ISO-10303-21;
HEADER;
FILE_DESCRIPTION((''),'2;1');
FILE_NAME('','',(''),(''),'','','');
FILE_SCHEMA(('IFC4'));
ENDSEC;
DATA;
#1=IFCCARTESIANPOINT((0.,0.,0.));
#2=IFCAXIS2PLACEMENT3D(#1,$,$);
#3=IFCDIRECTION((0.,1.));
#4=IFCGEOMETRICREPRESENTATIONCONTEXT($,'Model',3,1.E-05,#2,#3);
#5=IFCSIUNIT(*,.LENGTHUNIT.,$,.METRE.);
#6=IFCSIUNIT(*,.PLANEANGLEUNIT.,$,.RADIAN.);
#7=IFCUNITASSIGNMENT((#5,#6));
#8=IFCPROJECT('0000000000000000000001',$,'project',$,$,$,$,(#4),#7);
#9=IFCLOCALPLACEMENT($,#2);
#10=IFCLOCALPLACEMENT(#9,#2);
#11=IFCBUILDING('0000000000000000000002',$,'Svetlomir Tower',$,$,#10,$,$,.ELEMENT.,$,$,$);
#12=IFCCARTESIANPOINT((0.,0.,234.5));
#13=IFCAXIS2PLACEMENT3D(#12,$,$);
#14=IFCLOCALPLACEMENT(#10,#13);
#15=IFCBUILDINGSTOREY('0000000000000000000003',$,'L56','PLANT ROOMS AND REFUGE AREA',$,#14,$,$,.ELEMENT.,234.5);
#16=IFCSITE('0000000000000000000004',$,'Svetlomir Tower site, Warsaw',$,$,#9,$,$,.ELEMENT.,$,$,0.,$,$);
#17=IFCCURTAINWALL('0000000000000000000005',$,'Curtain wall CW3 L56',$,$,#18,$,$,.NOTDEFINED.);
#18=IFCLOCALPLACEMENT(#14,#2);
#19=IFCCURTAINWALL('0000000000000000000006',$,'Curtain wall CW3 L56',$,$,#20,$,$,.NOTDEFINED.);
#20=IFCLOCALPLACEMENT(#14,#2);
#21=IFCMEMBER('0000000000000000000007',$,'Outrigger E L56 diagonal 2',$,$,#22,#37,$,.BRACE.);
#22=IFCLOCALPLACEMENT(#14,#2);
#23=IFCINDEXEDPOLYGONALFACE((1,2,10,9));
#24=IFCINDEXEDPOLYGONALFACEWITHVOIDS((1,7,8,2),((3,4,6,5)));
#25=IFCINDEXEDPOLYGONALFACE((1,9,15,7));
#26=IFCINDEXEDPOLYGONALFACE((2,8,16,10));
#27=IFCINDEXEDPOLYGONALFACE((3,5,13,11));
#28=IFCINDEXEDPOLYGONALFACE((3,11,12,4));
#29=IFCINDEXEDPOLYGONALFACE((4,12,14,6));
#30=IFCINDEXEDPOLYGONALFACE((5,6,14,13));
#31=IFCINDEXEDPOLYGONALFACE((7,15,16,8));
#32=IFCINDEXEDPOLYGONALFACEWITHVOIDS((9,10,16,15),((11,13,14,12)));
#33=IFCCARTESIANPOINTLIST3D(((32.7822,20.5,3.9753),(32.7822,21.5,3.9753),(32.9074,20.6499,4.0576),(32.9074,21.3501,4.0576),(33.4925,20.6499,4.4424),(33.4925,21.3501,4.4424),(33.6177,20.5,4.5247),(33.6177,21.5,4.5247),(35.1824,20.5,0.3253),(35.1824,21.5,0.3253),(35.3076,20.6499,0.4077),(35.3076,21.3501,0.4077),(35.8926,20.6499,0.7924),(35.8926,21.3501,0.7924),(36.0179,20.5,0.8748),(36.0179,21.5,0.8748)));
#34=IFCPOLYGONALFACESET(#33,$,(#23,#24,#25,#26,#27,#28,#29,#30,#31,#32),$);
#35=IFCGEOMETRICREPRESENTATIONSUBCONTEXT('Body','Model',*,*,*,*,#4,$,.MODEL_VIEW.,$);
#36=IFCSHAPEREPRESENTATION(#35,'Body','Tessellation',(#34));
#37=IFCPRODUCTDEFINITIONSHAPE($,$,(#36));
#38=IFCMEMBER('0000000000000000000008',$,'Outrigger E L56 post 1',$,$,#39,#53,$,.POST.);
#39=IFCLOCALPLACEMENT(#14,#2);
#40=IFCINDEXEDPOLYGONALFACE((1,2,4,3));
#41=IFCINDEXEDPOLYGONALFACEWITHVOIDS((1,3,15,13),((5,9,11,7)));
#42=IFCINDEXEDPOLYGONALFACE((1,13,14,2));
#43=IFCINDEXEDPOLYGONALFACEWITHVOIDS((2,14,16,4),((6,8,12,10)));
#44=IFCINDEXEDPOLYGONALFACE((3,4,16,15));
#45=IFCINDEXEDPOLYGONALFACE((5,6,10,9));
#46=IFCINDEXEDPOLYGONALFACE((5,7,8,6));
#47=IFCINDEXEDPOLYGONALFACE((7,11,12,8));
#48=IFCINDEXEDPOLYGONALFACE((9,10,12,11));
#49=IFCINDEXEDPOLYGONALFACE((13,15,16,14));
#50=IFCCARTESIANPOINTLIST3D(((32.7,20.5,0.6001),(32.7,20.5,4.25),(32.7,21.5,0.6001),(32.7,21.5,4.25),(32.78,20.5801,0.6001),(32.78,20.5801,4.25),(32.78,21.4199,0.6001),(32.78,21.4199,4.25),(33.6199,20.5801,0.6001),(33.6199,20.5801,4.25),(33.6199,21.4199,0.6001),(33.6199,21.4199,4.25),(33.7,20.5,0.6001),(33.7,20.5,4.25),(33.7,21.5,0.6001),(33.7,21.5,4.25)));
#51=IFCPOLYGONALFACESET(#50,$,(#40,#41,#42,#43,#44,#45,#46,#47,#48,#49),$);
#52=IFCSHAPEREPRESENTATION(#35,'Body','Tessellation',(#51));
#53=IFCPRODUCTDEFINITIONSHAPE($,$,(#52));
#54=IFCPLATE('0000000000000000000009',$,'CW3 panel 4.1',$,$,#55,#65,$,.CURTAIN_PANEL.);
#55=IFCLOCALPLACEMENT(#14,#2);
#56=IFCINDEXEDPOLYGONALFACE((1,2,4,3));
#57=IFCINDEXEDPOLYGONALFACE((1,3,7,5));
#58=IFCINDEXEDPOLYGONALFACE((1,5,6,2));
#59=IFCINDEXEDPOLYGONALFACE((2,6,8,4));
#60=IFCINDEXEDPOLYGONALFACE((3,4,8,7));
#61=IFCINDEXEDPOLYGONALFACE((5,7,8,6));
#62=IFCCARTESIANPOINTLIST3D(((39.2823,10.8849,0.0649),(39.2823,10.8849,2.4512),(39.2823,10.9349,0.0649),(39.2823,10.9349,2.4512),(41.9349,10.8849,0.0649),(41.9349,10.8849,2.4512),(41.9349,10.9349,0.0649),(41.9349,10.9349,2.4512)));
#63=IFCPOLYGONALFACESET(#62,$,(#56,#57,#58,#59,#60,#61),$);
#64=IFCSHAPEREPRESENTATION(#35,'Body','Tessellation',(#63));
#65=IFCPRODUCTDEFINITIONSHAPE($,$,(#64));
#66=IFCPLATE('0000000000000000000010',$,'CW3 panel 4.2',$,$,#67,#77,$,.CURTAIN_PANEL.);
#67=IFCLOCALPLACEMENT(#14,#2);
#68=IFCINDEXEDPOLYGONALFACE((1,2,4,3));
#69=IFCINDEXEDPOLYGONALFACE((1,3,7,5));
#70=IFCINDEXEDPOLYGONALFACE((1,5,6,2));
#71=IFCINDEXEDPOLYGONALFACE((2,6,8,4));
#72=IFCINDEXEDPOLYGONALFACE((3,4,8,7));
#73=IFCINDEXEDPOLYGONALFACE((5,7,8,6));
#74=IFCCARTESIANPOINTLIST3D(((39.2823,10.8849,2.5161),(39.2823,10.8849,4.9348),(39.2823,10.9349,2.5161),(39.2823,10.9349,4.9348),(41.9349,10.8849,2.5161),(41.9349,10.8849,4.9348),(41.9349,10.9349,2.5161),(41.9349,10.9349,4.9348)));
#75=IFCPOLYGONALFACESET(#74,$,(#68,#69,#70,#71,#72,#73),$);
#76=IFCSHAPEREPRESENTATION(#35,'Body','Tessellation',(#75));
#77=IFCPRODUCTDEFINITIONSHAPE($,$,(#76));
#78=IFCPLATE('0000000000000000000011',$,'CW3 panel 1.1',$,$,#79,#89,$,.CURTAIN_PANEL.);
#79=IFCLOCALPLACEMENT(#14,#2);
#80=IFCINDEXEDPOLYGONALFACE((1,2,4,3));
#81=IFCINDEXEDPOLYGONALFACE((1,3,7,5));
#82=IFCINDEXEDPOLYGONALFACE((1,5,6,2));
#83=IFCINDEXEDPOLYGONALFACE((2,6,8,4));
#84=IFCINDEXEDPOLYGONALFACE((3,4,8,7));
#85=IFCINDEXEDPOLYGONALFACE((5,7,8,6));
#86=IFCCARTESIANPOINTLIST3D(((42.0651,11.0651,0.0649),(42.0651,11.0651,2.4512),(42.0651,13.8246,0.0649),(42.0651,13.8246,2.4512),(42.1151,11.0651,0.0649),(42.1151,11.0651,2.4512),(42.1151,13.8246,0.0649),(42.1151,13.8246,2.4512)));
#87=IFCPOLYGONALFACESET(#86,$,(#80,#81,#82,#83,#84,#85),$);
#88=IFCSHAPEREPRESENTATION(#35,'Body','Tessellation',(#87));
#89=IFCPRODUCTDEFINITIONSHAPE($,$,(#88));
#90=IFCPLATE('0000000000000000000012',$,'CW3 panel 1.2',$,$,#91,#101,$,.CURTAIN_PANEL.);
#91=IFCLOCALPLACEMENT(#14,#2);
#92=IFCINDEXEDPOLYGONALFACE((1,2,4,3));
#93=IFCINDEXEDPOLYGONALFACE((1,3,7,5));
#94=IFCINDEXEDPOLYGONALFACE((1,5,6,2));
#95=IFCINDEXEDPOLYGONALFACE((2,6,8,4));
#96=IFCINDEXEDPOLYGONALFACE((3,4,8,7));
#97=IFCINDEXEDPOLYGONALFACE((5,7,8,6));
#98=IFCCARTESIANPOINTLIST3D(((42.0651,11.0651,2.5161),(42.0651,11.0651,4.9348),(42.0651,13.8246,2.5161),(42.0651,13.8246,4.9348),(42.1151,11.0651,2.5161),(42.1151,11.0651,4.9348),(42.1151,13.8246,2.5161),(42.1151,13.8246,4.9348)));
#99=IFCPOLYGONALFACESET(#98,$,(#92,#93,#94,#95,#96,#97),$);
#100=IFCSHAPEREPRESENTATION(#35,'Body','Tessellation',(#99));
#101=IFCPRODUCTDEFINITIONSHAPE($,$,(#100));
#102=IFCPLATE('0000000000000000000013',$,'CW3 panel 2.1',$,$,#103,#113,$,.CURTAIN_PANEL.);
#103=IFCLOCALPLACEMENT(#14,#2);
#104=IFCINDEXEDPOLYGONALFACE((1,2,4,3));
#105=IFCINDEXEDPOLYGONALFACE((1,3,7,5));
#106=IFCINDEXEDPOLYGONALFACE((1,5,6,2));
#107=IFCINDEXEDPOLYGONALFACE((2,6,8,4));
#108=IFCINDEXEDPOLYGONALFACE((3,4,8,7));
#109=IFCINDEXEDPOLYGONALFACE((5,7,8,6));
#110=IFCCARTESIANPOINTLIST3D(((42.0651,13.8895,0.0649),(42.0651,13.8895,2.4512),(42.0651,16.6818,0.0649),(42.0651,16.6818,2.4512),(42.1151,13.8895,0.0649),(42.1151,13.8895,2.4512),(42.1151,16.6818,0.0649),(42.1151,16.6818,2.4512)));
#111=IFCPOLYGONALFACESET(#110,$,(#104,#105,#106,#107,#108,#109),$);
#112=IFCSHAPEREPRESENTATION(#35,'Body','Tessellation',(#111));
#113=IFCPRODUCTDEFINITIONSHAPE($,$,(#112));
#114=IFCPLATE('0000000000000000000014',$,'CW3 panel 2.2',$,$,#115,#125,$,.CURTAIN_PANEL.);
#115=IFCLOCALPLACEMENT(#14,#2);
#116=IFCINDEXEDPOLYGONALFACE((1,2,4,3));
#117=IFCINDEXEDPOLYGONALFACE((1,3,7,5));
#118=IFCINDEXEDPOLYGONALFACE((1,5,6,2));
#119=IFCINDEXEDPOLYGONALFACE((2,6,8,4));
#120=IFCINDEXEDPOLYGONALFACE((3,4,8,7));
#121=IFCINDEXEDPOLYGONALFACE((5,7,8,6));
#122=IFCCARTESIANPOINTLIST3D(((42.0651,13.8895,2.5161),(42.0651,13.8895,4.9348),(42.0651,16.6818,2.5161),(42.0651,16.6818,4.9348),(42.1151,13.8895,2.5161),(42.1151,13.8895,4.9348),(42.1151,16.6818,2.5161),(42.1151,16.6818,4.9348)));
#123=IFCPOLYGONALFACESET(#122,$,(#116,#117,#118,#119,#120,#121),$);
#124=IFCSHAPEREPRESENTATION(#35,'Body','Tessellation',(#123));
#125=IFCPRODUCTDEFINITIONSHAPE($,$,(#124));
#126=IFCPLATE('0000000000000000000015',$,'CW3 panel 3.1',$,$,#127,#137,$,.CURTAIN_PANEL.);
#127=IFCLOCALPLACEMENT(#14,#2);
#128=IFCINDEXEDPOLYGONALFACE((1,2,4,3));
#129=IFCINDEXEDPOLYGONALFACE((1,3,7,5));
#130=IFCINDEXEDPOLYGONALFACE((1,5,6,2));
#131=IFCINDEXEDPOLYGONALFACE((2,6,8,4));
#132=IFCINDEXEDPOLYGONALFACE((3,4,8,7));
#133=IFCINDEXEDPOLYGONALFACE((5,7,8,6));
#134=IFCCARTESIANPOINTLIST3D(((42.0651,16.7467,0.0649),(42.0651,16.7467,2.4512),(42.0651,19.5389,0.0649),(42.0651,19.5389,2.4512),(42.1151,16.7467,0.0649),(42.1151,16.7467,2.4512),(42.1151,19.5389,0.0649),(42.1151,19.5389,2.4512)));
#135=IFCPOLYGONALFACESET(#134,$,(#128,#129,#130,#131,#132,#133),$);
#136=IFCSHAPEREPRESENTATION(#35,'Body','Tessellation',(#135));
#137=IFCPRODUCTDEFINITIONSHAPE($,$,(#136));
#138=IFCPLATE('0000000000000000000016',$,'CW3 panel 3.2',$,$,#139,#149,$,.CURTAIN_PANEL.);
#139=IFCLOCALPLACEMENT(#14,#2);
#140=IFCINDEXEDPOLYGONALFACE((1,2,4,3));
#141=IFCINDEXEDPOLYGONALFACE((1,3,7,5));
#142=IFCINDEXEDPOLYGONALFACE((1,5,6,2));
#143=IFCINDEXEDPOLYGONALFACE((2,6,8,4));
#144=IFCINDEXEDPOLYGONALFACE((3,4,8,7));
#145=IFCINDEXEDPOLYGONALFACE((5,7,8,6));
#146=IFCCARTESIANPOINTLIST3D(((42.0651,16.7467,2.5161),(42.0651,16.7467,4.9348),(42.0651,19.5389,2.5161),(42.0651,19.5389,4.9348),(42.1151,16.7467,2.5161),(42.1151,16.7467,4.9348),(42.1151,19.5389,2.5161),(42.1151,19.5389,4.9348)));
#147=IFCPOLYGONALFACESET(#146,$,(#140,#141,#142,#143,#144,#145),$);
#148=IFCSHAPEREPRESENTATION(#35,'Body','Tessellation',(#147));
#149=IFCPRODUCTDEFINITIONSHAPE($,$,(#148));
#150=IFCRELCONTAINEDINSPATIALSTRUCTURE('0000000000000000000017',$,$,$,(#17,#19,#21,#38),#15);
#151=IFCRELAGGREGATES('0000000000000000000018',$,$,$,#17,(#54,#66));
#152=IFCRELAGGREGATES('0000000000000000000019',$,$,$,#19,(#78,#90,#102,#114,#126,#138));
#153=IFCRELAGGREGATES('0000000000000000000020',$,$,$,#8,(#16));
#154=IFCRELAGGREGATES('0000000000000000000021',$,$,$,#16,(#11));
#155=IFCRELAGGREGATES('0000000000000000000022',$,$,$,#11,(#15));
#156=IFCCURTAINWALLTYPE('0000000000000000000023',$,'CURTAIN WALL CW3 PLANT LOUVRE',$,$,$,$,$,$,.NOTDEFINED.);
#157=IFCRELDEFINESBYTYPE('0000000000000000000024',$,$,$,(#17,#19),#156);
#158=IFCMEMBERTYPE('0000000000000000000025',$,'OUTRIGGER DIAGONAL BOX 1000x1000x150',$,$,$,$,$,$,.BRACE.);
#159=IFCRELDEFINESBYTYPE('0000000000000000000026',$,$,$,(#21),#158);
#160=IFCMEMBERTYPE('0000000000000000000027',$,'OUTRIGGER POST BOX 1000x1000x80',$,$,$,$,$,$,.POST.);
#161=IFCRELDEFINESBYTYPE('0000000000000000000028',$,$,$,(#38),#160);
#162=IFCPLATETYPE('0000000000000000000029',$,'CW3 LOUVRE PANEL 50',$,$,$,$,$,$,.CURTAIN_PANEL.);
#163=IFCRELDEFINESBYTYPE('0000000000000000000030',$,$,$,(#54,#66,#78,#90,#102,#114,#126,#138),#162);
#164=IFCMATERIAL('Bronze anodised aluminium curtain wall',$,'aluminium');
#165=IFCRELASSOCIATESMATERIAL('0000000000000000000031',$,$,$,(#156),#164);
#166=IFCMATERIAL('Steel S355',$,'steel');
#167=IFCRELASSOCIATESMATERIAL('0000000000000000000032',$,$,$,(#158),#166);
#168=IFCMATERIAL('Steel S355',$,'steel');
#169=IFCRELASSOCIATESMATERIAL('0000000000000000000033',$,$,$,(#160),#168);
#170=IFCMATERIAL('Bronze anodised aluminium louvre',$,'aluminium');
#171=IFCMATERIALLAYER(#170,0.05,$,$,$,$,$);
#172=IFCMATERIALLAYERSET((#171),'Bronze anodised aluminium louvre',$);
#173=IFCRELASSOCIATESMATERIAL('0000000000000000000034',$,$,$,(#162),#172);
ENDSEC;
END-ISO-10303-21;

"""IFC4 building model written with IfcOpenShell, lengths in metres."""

from ifc_helpers import new_model, si_unit, direction, frame, origin, origin_2d, place, context, subcontext, project, spatial, rectangle, hollow_rectangle, extrude, material, layer, layer_set, material_profile, profile_set, type_object, element, aggregate, save


model = new_model("IFC4")

# Units and contexts
model_context = context("Model", 3, precision=1e-05, world=origin(), true_north=direction((0.0, 1.0)))
body_context = subcontext(model_context, "Body", "Model", "MODEL_VIEW")
ifc_project = project(units=[si_unit("LENGTHUNIT", "METRE"), si_unit("PLANEANGLEUNIT", "RADIAN")], contexts=[model_context])

# Site, building, storey
site_placement = place(None, origin())
site = spatial("IfcSite", under=ifc_project, at=site_placement, Name="Svetlomir Tower site, Warsaw", CompositionType="ELEMENT", RefElevation=0.0)
building_placement = place(site_placement, origin())
building = spatial("IfcBuilding", under=site, at=building_placement, Name="Svetlomir Tower", CompositionType="ELEMENT")
storey_placement = place(building_placement, frame((0.0, 0.0, 234.5)))
storey = spatial("IfcBuildingStorey", under=building, at=storey_placement, Name="L56", Description="PLANT ROOMS AND REFUGE AREA", CompositionType="ELEMENT", Elevation=234.5)

# Curtain wall
ifc_material_1 = material(Name="Bronze anodised aluminium curtain wall", Category="aluminium")
curtain_wall_type = type_object("IfcCurtainWallType", Name="CURTAIN WALL CW3 PLANT LOUVRE", PredefinedType="NOTDEFINED", material=ifc_material_1)
curtain_wall_1_placement = place(storey_placement, origin())
curtain_wall_1 = element("IfcCurtainWall", 1, at=curtain_wall_1_placement, inside=storey, type_object=curtain_wall_type, Name="Curtain wall CW3 L56", PredefinedType="NOTDEFINED")

# Curtain wall
curtain_wall_2_placement = place(storey_placement, origin())
curtain_wall_2 = element("IfcCurtainWall", 2, at=curtain_wall_2_placement, inside=storey, type_object=curtain_wall_type, Name="Curtain wall CW3 L56", PredefinedType="NOTDEFINED")

# Members
ifc_material_2 = material(Name="Steel S355", Category="steel")
ifc_material_profile_1 = material_profile(ifc_material_2, hollow_rectangle(XDim=1.0, YDim=1.0, WallThickness=0.1499, at=origin_2d()), Name="BOX 1000x1000x150")
ifc_profile_set_1 = profile_set([ifc_material_profile_1], Name="Steel S355")
member_type_1 = type_object("IfcMemberType", Name="OUTRIGGER DIAGONAL BOX 1000x1000x150", PredefinedType="BRACE", material=ifc_profile_set_1)
member_1_placement = place(storey_placement, frame((33.2, 21.0, 4.25), z_axis=(0.54944, 0.0, -0.835533), x_axis=(0.0, 1.0, 0.0)))
element("IfcMember", 3, at=member_1_placement, inside=storey, type_object=member_type_1, Name="Outrigger E L56 diagonal 2", PredefinedType="BRACE", context=body_context, shape_type="SweptSolid", body=[
    extrude(hollow_rectangle(XDim=1.0, YDim=1.0, WallThickness=0.1499, at=origin_2d()), origin(), (0.0, 0.0, 1.0), 4.3684),
])
ifc_material_3 = material(Name="Steel S355", Category="steel")
ifc_material_profile_2 = material_profile(ifc_material_3, hollow_rectangle(XDim=1.0, YDim=1.0, WallThickness=0.0801, at=origin_2d()), Name="BOX 1000x1000x80")
ifc_profile_set_2 = profile_set([ifc_material_profile_2], Name="Steel S355")
member_type_2 = type_object("IfcMemberType", Name="OUTRIGGER POST BOX 1000x1000x80", PredefinedType="POST", material=ifc_profile_set_2)
member_2_placement = place(storey_placement, frame((33.2, 21.0, 0.6001), z_axis=(0.0, 0.0, 1.0), x_axis=(1.0, 0.0, 0.0)))
element("IfcMember", 4, at=member_2_placement, inside=storey, type_object=member_type_2, Name="Outrigger E L56 post 1", PredefinedType="POST", context=body_context, shape_type="SweptSolid", body=[
    extrude(hollow_rectangle(XDim=1.0, YDim=1.0, WallThickness=0.0801, at=origin_2d()), origin(), (0.0, 0.0, 1.0), 3.6499),
])

# Plates
ifc_material_4 = material(Name="Bronze anodised aluminium louvre", Category="aluminium")
ifc_layer = layer(ifc_material_4, 0.05)
ifc_layer_set = layer_set([ifc_layer], Name="Bronze anodised aluminium louvre")
plate_type = type_object("IfcPlateType", Name="CW3 LOUVRE PANEL 50", PredefinedType="CURTAIN_PANEL", material=ifc_layer_set)
plate_1_placement = place(storey_placement, frame((40.6086, 10.9099, 0.0649), z_axis=(0.0, 0.0, 1.0), x_axis=(1.0, 0.0, 0.0)))
plate_1 = element("IfcPlate", 5, at=plate_1_placement, type_object=plate_type, Name="CW3 panel 4.1", PredefinedType="CURTAIN_PANEL", context=body_context, shape_type="SweptSolid", body=[
    extrude(rectangle(XDim=2.6526, YDim=0.05, at=origin_2d()), origin(), (0.0, 0.0, 1.0), 2.3862),
])
plate_2_placement = place(storey_placement, frame((40.6086, 10.9099, 2.5161), z_axis=(0.0, 0.0, 1.0), x_axis=(1.0, 0.0, 0.0)))
plate_2 = element("IfcPlate", 6, at=plate_2_placement, type_object=plate_type, Name="CW3 panel 4.2", PredefinedType="CURTAIN_PANEL", context=body_context, shape_type="SweptSolid", body=[
    extrude(rectangle(XDim=2.6526, YDim=0.05, at=origin_2d()), origin(), (0.0, 0.0, 1.0), 2.4187),
])
aggregate(curtain_wall_1, [plate_1, plate_2])
plate_3_placement = place(storey_placement, frame((42.0901, 12.4448, 0.0649), z_axis=(0.0, 0.0, 1.0), x_axis=(0.0, 1.0, 0.0)))
plate_3 = element("IfcPlate", 7, at=plate_3_placement, type_object=plate_type, Name="CW3 panel 1.1", PredefinedType="CURTAIN_PANEL", context=body_context, shape_type="SweptSolid", body=[
    extrude(rectangle(XDim=2.7595, YDim=0.05, at=origin_2d()), origin(), (0.0, 0.0, 1.0), 2.3862),
])
plate_4_placement = place(storey_placement, frame((42.0901, 12.4448, 2.5161), z_axis=(0.0, 0.0, 1.0), x_axis=(0.0, 1.0, 0.0)))
plate_4 = element("IfcPlate", 8, at=plate_4_placement, type_object=plate_type, Name="CW3 panel 1.2", PredefinedType="CURTAIN_PANEL", context=body_context, shape_type="SweptSolid", body=[
    extrude(rectangle(XDim=2.7595, YDim=0.05, at=origin_2d()), origin(), (0.0, 0.0, 1.0), 2.4187),
])
plate_5_placement = place(storey_placement, frame((42.0901, 15.2856, 0.0649), z_axis=(0.0, 0.0, 1.0), x_axis=(0.0, 1.0, 0.0)))
plate_5 = element("IfcPlate", 9, at=plate_5_placement, type_object=plate_type, Name="CW3 panel 2.1", PredefinedType="CURTAIN_PANEL", context=body_context, shape_type="SweptSolid", body=[
    extrude(rectangle(XDim=2.7922, YDim=0.05, at=origin_2d()), origin(), (0.0, 0.0, 1.0), 2.3862),
])
plate_6_placement = place(storey_placement, frame((42.0901, 15.2856, 2.5161), z_axis=(0.0, 0.0, 1.0), x_axis=(0.0, 1.0, 0.0)))
plate_6 = element("IfcPlate", 10, at=plate_6_placement, type_object=plate_type, Name="CW3 panel 2.2", PredefinedType="CURTAIN_PANEL", context=body_context, shape_type="SweptSolid", body=[
    extrude(rectangle(XDim=2.7922, YDim=0.05, at=origin_2d()), origin(), (0.0, 0.0, 1.0), 2.4187),
])
plate_7_placement = place(storey_placement, frame((42.0901, 18.1428, 0.0649), z_axis=(0.0, 0.0, 1.0), x_axis=(0.0, 1.0, 0.0)))
plate_7 = element("IfcPlate", 11, at=plate_7_placement, type_object=plate_type, Name="CW3 panel 3.1", PredefinedType="CURTAIN_PANEL", context=body_context, shape_type="SweptSolid", body=[
    extrude(rectangle(XDim=2.7922, YDim=0.05, at=origin_2d()), origin(), (0.0, 0.0, 1.0), 2.3862),
])
plate_8_placement = place(storey_placement, frame((42.0901, 18.1428, 2.5161), z_axis=(0.0, 0.0, 1.0), x_axis=(0.0, 1.0, 0.0)))
plate_8 = element("IfcPlate", 12, at=plate_8_placement, type_object=plate_type, Name="CW3 panel 3.2", PredefinedType="CURTAIN_PANEL", context=body_context, shape_type="SweptSolid", body=[
    extrude(rectangle(XDim=2.7922, YDim=0.05, at=origin_2d()), origin(), (0.0, 0.0, 1.0), 2.4187),
])
aggregate(curtain_wall_2, [plate_3, plate_4, plate_5, plate_6, plate_7, plate_8])

save(model, "model.ifc")
